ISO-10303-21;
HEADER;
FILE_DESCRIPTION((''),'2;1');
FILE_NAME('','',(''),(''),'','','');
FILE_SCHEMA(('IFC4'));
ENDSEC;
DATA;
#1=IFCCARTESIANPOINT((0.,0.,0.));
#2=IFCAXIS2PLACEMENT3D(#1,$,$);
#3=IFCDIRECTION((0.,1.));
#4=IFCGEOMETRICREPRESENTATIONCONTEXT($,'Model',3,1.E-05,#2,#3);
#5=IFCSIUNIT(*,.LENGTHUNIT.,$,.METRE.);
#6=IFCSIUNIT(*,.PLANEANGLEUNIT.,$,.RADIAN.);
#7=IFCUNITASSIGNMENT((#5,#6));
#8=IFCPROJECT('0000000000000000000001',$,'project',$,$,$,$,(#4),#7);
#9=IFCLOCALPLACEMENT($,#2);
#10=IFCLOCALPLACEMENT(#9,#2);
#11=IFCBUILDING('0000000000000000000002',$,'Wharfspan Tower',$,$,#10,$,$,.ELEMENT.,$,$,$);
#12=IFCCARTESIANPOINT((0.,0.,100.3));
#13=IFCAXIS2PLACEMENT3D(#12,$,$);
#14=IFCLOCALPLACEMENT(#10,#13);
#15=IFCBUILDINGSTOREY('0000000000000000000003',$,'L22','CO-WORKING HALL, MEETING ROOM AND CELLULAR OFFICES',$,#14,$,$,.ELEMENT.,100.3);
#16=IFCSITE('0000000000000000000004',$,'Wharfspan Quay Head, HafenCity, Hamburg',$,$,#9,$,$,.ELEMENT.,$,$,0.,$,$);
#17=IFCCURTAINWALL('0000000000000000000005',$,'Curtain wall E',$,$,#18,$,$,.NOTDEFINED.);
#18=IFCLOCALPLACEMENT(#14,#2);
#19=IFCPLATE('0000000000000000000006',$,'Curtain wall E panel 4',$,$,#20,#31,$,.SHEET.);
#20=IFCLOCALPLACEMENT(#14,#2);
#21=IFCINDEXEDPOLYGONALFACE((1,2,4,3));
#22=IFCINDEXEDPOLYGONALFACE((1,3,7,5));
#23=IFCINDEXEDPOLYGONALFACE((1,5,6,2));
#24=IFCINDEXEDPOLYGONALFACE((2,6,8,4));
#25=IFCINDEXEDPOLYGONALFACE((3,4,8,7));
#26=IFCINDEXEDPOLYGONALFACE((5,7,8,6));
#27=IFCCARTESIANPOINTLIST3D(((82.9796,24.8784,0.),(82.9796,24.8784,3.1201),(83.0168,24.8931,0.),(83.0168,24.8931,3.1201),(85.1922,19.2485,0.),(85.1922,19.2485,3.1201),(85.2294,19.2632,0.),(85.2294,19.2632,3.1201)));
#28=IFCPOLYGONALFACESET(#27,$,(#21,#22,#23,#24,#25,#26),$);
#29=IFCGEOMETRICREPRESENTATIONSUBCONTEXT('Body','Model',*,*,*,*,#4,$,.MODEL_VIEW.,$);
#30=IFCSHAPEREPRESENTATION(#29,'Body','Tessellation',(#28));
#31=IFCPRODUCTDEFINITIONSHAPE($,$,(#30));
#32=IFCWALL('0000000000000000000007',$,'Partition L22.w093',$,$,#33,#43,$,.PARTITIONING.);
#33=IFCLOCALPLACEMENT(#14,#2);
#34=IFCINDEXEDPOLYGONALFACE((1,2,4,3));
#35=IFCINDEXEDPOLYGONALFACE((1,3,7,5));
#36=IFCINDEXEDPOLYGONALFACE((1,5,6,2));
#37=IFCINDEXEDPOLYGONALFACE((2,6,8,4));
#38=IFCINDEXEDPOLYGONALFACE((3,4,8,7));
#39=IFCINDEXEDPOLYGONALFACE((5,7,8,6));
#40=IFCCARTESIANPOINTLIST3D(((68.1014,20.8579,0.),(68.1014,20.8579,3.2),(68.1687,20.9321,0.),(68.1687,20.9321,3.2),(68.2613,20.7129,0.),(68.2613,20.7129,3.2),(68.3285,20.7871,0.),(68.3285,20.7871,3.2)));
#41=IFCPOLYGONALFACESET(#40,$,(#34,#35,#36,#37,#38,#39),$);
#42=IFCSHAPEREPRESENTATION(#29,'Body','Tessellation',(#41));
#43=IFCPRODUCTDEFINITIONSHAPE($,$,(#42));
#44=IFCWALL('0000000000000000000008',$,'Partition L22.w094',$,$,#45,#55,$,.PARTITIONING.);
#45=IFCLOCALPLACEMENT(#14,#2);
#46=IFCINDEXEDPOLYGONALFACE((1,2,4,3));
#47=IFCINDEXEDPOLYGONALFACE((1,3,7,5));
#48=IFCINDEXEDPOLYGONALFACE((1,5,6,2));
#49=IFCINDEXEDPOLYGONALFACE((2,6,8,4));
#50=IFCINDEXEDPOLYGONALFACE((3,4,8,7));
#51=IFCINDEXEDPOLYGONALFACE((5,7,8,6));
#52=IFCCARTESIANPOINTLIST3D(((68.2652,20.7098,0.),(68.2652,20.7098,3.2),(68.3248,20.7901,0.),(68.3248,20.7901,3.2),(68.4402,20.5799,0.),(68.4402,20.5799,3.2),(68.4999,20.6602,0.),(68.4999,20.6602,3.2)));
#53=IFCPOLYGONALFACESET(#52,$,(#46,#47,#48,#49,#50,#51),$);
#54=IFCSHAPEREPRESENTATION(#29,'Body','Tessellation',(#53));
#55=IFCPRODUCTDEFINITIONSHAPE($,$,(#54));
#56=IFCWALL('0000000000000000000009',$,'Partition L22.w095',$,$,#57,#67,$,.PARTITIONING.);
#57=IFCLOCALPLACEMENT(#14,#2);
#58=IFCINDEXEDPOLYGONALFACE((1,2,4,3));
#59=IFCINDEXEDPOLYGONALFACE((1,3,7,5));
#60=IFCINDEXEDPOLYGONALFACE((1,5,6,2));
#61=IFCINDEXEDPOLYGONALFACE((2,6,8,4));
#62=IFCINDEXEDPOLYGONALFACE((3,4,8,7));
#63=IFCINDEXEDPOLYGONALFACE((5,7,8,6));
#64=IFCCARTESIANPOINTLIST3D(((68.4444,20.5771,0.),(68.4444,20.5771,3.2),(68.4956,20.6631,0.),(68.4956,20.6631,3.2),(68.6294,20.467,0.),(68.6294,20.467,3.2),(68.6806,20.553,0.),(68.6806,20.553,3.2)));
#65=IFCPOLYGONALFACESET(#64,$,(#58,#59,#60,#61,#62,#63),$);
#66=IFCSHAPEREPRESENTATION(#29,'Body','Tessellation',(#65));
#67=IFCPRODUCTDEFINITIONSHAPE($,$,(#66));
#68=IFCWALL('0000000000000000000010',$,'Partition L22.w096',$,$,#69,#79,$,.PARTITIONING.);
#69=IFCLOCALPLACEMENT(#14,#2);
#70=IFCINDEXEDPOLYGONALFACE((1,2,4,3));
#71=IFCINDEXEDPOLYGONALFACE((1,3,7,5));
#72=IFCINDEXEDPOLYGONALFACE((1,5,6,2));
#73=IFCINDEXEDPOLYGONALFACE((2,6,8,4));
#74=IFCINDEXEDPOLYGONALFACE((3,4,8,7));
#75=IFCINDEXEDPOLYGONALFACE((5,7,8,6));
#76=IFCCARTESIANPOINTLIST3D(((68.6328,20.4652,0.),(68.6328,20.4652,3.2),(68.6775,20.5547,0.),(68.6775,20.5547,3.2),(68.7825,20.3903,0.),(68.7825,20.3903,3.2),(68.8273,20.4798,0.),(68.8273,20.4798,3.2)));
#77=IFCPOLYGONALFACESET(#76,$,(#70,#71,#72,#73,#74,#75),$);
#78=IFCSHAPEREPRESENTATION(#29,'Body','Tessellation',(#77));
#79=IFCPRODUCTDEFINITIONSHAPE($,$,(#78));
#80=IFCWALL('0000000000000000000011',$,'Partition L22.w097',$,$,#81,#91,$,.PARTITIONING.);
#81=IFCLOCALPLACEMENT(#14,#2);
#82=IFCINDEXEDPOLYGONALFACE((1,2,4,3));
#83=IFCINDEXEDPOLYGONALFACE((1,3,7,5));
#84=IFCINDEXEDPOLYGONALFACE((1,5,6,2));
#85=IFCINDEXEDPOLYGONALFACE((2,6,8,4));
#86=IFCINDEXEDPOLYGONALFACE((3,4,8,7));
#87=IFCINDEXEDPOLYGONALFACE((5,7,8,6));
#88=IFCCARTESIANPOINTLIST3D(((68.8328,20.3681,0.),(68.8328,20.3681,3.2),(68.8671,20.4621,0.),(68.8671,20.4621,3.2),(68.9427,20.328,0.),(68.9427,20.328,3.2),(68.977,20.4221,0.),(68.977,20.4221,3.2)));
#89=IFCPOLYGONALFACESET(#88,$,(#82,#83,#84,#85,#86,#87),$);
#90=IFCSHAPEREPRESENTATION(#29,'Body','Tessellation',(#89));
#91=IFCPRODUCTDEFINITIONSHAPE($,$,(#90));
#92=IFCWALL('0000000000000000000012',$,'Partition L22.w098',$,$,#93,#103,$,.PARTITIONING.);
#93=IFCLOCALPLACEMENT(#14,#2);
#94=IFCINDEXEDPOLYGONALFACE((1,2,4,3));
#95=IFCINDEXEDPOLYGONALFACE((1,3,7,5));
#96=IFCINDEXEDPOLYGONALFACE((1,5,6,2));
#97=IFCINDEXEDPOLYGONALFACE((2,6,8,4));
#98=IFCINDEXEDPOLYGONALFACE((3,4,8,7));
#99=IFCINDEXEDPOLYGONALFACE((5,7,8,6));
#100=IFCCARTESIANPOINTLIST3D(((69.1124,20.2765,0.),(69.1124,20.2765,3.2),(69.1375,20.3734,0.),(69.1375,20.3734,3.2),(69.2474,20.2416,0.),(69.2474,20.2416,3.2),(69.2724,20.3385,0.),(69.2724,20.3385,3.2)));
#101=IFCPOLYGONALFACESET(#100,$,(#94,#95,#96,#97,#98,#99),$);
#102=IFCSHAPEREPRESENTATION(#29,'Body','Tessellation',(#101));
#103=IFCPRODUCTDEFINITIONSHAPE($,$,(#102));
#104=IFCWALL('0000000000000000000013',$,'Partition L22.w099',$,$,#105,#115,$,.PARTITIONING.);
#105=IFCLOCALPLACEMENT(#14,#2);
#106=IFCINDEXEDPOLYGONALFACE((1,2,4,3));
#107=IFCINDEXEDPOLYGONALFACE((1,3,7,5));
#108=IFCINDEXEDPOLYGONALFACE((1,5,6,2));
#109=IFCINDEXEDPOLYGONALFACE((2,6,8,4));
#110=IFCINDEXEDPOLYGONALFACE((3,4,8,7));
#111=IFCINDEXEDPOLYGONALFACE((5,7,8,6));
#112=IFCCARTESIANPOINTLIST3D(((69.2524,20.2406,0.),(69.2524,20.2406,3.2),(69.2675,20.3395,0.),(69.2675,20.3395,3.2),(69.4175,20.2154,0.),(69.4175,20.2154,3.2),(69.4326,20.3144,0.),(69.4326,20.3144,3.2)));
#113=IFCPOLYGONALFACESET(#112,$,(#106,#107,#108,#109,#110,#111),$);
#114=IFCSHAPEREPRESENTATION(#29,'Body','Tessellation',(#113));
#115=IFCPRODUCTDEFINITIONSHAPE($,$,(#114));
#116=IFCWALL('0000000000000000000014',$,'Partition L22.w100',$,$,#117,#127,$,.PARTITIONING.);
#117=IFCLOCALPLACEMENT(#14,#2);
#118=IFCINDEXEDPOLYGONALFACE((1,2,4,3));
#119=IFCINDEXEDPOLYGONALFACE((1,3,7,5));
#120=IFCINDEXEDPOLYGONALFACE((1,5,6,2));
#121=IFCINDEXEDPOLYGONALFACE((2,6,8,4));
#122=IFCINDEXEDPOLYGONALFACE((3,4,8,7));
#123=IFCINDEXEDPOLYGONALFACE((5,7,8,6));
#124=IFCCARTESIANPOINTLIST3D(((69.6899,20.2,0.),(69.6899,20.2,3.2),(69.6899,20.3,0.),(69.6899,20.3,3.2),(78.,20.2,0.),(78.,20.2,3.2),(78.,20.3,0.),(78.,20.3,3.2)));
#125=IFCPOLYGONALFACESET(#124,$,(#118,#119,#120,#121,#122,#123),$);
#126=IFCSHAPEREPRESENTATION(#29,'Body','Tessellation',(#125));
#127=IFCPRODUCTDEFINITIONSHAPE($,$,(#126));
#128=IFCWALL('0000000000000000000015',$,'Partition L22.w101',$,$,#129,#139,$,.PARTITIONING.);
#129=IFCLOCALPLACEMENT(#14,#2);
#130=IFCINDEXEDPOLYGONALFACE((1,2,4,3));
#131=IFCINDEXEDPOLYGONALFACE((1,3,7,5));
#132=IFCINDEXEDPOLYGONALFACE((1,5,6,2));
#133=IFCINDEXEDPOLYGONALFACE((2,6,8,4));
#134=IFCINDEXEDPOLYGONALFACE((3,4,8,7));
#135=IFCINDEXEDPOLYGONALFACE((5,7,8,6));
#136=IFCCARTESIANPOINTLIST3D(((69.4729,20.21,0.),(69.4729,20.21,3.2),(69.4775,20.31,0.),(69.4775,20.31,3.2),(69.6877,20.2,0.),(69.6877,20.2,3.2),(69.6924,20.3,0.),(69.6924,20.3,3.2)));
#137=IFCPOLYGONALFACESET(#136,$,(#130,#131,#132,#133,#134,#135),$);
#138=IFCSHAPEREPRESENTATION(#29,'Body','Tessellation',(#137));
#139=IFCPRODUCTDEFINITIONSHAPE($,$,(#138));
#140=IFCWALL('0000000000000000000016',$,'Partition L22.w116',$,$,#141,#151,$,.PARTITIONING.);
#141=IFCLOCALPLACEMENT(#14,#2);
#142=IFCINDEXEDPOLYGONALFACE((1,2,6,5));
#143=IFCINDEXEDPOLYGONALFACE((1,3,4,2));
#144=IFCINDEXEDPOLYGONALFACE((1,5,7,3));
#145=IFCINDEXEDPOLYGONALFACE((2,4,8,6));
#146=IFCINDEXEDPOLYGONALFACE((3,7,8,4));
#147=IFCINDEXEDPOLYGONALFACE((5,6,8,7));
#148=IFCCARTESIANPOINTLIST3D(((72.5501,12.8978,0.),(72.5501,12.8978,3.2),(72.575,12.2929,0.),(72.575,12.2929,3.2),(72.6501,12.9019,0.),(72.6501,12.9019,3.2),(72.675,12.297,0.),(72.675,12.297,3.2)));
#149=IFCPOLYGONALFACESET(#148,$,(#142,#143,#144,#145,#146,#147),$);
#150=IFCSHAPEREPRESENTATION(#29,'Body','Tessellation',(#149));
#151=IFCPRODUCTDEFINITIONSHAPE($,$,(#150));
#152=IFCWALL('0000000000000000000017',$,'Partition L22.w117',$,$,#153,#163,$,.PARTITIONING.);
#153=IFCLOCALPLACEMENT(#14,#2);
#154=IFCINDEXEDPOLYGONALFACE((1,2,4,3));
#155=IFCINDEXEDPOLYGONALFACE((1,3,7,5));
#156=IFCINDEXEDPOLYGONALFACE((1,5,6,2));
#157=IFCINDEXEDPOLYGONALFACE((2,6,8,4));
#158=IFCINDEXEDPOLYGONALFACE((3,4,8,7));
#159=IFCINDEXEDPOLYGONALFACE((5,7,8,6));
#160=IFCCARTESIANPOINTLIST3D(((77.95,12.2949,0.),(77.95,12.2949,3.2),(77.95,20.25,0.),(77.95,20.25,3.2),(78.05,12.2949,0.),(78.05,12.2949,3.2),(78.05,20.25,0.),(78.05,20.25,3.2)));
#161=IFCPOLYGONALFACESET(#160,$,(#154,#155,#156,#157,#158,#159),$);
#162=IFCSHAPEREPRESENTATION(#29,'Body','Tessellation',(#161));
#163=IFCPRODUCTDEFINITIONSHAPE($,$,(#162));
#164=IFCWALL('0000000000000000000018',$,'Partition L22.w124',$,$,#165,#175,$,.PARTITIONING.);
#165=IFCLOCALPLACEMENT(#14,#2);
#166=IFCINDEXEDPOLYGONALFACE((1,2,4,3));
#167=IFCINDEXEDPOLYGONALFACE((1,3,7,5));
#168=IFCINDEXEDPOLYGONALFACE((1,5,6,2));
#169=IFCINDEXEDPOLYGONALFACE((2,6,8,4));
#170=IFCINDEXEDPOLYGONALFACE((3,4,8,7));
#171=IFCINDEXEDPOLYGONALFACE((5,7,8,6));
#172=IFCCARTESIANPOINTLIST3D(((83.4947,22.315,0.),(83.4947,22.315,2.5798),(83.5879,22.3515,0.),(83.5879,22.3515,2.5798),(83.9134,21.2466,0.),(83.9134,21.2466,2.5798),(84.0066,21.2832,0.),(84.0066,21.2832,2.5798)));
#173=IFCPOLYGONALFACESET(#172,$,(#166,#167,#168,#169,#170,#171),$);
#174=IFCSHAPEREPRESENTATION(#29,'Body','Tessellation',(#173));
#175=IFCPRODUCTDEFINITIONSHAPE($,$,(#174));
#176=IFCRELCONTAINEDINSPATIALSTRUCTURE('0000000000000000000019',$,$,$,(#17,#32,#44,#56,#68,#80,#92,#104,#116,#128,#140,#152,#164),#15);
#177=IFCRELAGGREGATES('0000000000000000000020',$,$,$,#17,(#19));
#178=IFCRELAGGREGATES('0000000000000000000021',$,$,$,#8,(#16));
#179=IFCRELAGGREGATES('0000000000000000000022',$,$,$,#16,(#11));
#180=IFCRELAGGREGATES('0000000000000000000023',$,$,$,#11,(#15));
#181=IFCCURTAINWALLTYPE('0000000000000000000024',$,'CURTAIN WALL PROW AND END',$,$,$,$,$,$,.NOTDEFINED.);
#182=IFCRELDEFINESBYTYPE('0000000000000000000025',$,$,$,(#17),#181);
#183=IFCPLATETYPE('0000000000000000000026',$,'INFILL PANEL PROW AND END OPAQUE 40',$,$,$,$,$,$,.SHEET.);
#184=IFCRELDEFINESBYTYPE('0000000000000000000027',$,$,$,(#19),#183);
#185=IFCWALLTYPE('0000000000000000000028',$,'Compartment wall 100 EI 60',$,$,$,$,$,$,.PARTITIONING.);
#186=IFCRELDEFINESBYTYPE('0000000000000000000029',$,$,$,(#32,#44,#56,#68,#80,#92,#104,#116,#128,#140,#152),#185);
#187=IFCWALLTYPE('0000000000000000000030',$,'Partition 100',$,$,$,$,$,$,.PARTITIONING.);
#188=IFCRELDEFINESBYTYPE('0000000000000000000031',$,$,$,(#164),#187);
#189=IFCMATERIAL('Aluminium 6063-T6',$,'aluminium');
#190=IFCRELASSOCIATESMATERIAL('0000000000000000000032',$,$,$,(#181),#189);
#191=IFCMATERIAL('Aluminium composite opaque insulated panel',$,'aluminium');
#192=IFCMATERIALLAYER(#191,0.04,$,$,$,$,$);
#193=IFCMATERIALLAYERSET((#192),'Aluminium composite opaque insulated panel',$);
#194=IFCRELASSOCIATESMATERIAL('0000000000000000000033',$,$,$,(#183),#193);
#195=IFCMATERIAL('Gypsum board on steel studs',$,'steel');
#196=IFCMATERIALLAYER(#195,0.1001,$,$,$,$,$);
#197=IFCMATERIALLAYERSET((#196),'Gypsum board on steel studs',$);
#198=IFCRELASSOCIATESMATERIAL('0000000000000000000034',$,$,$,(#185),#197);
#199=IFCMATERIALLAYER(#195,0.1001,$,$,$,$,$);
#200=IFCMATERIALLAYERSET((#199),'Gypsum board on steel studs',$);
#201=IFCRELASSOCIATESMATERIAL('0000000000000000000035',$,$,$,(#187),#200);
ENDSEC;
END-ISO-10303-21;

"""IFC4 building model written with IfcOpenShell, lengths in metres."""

from ifc_helpers import new_model, si_unit, direction, frame, frame_2d, origin, origin_2d, place, context, subcontext, project, spatial, rectangle, extrude, material, layer, layer_set, type_object, element, aggregate, save


model = new_model("IFC4")

# Units and contexts
model_context = context("Model", 3, precision=1e-05, world=origin(), true_north=direction((0.0, 1.0)))
body_context = subcontext(model_context, "Body", "Model", "MODEL_VIEW")
ifc_project = project(units=[si_unit("LENGTHUNIT", "METRE"), si_unit("PLANEANGLEUNIT", "RADIAN")], contexts=[model_context])

# Site, building, storey
site_placement = place(None, origin())
site = spatial("IfcSite", under=ifc_project, at=site_placement, Name="Wharfspan Quay Head, HafenCity, Hamburg", CompositionType="ELEMENT", RefElevation=0.0)
building_placement = place(site_placement, origin())
building = spatial("IfcBuilding", under=site, at=building_placement, Name="Wharfspan Tower", CompositionType="ELEMENT")
storey_placement = place(building_placement, frame((0.0, 0.0, 100.3)))
storey = spatial("IfcBuildingStorey", under=building, at=storey_placement, Name="L22", Description="CO-WORKING HALL, MEETING ROOM AND CELLULAR OFFICES", CompositionType="ELEMENT", Elevation=100.3)

# Curtain wall
ifc_material_1 = material(Name="Aluminium 6063-T6", Category="aluminium")
curtain_wall_type = type_object("IfcCurtainWallType", Name="CURTAIN WALL PROW AND END", PredefinedType="NOTDEFINED", material=ifc_material_1)
curtain_wall_placement = place(storey_placement, origin())
curtain_wall = element("IfcCurtainWall", 1, at=curtain_wall_placement, inside=storey, type_object=curtain_wall_type, Name="Curtain wall E", PredefinedType="NOTDEFINED")

# Plate
ifc_material_2 = material(Name="Aluminium composite opaque insulated panel", Category="aluminium")
ifc_layer_1 = layer(ifc_material_2, 0.04)
ifc_layer_set_1 = layer_set([ifc_layer_1], Name="Aluminium composite opaque insulated panel")
plate_type = type_object("IfcPlateType", Name="INFILL PANEL PROW AND END OPAQUE 40", PredefinedType="SHEET", material=ifc_layer_set_1)
plate_1_placement = place(storey_placement, frame((84.1045, 22.0708, 0.0), z_axis=(0.0, 0.0, 1.0), x_axis=(-0.365778, 0.930702, 0.0)))
plate_1 = element("IfcPlate", 2, at=plate_1_placement, type_object=plate_type, Name="Curtain wall E panel 4", PredefinedType="SHEET", context=body_context, shape_type="SweptSolid", body=[
    extrude(rectangle(XDim=6.0491, YDim=0.04, at=origin_2d()), origin(), (0.0, 0.0, 1.0), 3.1201),
])
aggregate(curtain_wall, [plate_1])

# Walls
ifc_material_3 = material(Name="Gypsum board on steel studs", Category="steel")
ifc_layer_2 = layer(ifc_material_3, 0.1001)
ifc_layer_set_2 = layer_set([ifc_layer_2], Name="Gypsum board on steel studs")
wall_type_1 = type_object("IfcWallType", Name="Compartment wall 100 EI 60", PredefinedType="PARTITIONING", material=ifc_layer_set_2)
wall_1_placement = place(storey_placement, frame((68.2949, 20.75, 0.0), z_axis=(0.0, 0.0, 1.0), x_axis=(-0.740762, 0.671775, 0.0)))
element("IfcWall", 3, at=wall_1_placement, inside=storey, type_object=wall_type_1, Name="Partition L22.w093", PredefinedType="PARTITIONING", context=body_context, shape_type="SweptSolid", body=[
    extrude(rectangle(XDim=0.2158, YDim=0.1001, at=frame_2d((0.1079, 0.0))), origin(), (0.0, 0.0, 1.0), 3.2),
])
wall_2_placement = place(storey_placement, frame((68.47, 20.6201, 0.0), z_axis=(0.0, 0.0, 1.0), x_axis=(-0.803079, 0.595869, 0.0)))
element("IfcWall", 4, at=wall_2_placement, inside=storey, type_object=wall_type_1, Name="Partition L22.w094", PredefinedType="PARTITIONING", context=body_context, shape_type="SweptSolid", body=[
    extrude(rectangle(XDim=0.218, YDim=0.1001, at=frame_2d((0.1089, 0.0))), origin(), (0.0, 0.0, 1.0), 3.2),
])
wall_3_placement = place(storey_placement, frame((68.655, 20.51, 0.0), z_axis=(0.0, 0.0, 1.0), x_axis=(-0.859387, 0.511324, 0.0)))
element("IfcWall", 5, at=wall_3_placement, inside=storey, type_object=wall_type_1, Name="Partition L22.w095", PredefinedType="PARTITIONING", context=body_context, shape_type="SweptSolid", body=[
    extrude(rectangle(XDim=0.2153, YDim=0.1001, at=frame_2d((0.1077, 0.0))), origin(), (0.0, 0.0, 1.0), 3.2),
])
wall_4_placement = place(storey_placement, frame((68.8049, 20.4351, 0.0), z_axis=(0.0, 0.0, 1.0), x_axis=(-0.894428, 0.447214, 0.0)))
element("IfcWall", 6, at=wall_4_placement, inside=storey, type_object=wall_type_1, Name="Partition L22.w096", PredefinedType="PARTITIONING", context=body_context, shape_type="SweptSolid", body=[
    extrude(rectangle(XDim=0.1675, YDim=0.1001, at=frame_2d((0.0837, 0.0))), origin(), (0.0, 0.0, 1.0), 3.2),
])
wall_5_placement = place(storey_placement, frame((68.96, 20.375, 0.0), z_axis=(0.0, 0.0, 1.0), x_axis=(-0.939545, 0.342412, 0.0)))
element("IfcWall", 7, at=wall_5_placement, inside=storey, type_object=wall_type_1, Name="Partition L22.w097", PredefinedType="PARTITIONING", context=body_context, shape_type="SweptSolid", body=[
    extrude(rectangle(XDim=0.1169, YDim=0.1001, at=frame_2d((0.0586, 0.0))), origin(), (0.0, 0.0, 1.0), 3.2),
])
wall_6_placement = place(storey_placement, frame((69.26, 20.29, 0.0), z_axis=(0.0, 0.0, 1.0), x_axis=(-0.968156, 0.250355, 0.0)))
element("IfcWall", 8, at=wall_6_placement, inside=storey, type_object=wall_type_1, Name="Partition L22.w098", PredefinedType="PARTITIONING", context=body_context, shape_type="SweptSolid", body=[
    extrude(rectangle(XDim=0.1394, YDim=0.1001, at=frame_2d((0.0698, 0.0))), origin(), (0.0, 0.0, 1.0), 3.2),
])
wall_7_placement = place(storey_placement, frame((69.425, 20.2649, 0.0), z_axis=(0.0, 0.0, 1.0), x_axis=(-0.988594, 0.150629, 0.0)))
element("IfcWall", 9, at=wall_7_placement, inside=storey, type_object=wall_type_1, Name="Partition L22.w099", PredefinedType="PARTITIONING", context=body_context, shape_type="SweptSolid", body=[
    extrude(rectangle(XDim=0.167, YDim=0.1001, at=frame_2d((0.0835, 0.0))), origin(), (0.0, 0.0, 1.0), 3.2),
])
wall_8_placement = place(storey_placement, frame((69.6899, 20.25, 0.0), z_axis=(0.0, 0.0, 1.0), x_axis=(1.0, 0.0, 0.0)))
element("IfcWall", 10, at=wall_8_placement, inside=storey, type_object=wall_type_1, Name="Partition L22.w100", PredefinedType="PARTITIONING", context=body_context, shape_type="SweptSolid", body=[
    extrude(rectangle(XDim=8.3101, YDim=0.1001, at=frame_2d((4.155, 0.0))), origin(), (0.0, 0.0, 1.0), 3.2),
])
wall_9_placement = place(storey_placement, frame((69.6899, 20.25, 0.0), z_axis=(0.0, 0.0, 1.0), x_axis=(-0.998912, 0.04654, 0.0)))
element("IfcWall", 11, at=wall_9_placement, inside=storey, type_object=wall_type_1, Name="Partition L22.w101", PredefinedType="PARTITIONING", context=body_context, shape_type="SweptSolid", body=[
    extrude(rectangle(XDim=0.2151, YDim=0.1001, at=frame_2d((0.1074, 0.0))), origin(), (0.0, 0.0, 1.0), 3.2),
])
wall_10_placement = place(storey_placement, frame((72.625, 12.2949, 0.0), z_axis=(0.0, 0.0, 1.0), x_axis=(-0.041127, 0.99915, 0.0)))
element("IfcWall", 12, at=wall_10_placement, inside=storey, type_object=wall_type_1, Name="Partition L22.w116", PredefinedType="PARTITIONING", context=body_context, shape_type="SweptSolid", body=[
    extrude(rectangle(XDim=0.6055, YDim=0.1001, at=frame_2d((0.3027, 0.0))), origin(), (0.0, 0.0, 1.0), 3.2),
])
wall_11_placement = place(storey_placement, frame((78.0, 12.2949, 0.0), z_axis=(0.0, 0.0, 1.0), x_axis=(0.0, 1.0, 0.0)))
element("IfcWall", 13, at=wall_11_placement, inside=storey, type_object=wall_type_1, Name="Partition L22.w117", PredefinedType="PARTITIONING", context=body_context, shape_type="SweptSolid", body=[
    extrude(rectangle(XDim=7.9551, YDim=0.1001, at=frame_2d((3.9775, 0.0))), origin(), (0.0, 0.0, 1.0), 3.2),
])
ifc_layer_3 = layer(ifc_material_3, 0.1001)
ifc_layer_set_3 = layer_set([ifc_layer_3], Name="Gypsum board on steel studs")
wall_type_2 = type_object("IfcWallType", Name="Partition 100", PredefinedType="PARTITIONING", material=ifc_layer_set_3)
wall_12_placement = place(storey_placement, frame((83.96, 21.2649, 0.0), z_axis=(0.0, 0.0, 1.0), x_axis=(-0.364889, 0.931052, 0.0)))
element("IfcWall", 14, at=wall_12_placement, inside=storey, type_object=wall_type_2, Name="Partition L22.w124", PredefinedType="PARTITIONING", context=body_context, shape_type="SweptSolid", body=[
    extrude(rectangle(XDim=1.1475, YDim=0.1001, at=frame_2d((0.5737, 0.0))), origin(), (0.0, 0.0, 1.0), 2.5798),
])

save(model, "model.ifc")
